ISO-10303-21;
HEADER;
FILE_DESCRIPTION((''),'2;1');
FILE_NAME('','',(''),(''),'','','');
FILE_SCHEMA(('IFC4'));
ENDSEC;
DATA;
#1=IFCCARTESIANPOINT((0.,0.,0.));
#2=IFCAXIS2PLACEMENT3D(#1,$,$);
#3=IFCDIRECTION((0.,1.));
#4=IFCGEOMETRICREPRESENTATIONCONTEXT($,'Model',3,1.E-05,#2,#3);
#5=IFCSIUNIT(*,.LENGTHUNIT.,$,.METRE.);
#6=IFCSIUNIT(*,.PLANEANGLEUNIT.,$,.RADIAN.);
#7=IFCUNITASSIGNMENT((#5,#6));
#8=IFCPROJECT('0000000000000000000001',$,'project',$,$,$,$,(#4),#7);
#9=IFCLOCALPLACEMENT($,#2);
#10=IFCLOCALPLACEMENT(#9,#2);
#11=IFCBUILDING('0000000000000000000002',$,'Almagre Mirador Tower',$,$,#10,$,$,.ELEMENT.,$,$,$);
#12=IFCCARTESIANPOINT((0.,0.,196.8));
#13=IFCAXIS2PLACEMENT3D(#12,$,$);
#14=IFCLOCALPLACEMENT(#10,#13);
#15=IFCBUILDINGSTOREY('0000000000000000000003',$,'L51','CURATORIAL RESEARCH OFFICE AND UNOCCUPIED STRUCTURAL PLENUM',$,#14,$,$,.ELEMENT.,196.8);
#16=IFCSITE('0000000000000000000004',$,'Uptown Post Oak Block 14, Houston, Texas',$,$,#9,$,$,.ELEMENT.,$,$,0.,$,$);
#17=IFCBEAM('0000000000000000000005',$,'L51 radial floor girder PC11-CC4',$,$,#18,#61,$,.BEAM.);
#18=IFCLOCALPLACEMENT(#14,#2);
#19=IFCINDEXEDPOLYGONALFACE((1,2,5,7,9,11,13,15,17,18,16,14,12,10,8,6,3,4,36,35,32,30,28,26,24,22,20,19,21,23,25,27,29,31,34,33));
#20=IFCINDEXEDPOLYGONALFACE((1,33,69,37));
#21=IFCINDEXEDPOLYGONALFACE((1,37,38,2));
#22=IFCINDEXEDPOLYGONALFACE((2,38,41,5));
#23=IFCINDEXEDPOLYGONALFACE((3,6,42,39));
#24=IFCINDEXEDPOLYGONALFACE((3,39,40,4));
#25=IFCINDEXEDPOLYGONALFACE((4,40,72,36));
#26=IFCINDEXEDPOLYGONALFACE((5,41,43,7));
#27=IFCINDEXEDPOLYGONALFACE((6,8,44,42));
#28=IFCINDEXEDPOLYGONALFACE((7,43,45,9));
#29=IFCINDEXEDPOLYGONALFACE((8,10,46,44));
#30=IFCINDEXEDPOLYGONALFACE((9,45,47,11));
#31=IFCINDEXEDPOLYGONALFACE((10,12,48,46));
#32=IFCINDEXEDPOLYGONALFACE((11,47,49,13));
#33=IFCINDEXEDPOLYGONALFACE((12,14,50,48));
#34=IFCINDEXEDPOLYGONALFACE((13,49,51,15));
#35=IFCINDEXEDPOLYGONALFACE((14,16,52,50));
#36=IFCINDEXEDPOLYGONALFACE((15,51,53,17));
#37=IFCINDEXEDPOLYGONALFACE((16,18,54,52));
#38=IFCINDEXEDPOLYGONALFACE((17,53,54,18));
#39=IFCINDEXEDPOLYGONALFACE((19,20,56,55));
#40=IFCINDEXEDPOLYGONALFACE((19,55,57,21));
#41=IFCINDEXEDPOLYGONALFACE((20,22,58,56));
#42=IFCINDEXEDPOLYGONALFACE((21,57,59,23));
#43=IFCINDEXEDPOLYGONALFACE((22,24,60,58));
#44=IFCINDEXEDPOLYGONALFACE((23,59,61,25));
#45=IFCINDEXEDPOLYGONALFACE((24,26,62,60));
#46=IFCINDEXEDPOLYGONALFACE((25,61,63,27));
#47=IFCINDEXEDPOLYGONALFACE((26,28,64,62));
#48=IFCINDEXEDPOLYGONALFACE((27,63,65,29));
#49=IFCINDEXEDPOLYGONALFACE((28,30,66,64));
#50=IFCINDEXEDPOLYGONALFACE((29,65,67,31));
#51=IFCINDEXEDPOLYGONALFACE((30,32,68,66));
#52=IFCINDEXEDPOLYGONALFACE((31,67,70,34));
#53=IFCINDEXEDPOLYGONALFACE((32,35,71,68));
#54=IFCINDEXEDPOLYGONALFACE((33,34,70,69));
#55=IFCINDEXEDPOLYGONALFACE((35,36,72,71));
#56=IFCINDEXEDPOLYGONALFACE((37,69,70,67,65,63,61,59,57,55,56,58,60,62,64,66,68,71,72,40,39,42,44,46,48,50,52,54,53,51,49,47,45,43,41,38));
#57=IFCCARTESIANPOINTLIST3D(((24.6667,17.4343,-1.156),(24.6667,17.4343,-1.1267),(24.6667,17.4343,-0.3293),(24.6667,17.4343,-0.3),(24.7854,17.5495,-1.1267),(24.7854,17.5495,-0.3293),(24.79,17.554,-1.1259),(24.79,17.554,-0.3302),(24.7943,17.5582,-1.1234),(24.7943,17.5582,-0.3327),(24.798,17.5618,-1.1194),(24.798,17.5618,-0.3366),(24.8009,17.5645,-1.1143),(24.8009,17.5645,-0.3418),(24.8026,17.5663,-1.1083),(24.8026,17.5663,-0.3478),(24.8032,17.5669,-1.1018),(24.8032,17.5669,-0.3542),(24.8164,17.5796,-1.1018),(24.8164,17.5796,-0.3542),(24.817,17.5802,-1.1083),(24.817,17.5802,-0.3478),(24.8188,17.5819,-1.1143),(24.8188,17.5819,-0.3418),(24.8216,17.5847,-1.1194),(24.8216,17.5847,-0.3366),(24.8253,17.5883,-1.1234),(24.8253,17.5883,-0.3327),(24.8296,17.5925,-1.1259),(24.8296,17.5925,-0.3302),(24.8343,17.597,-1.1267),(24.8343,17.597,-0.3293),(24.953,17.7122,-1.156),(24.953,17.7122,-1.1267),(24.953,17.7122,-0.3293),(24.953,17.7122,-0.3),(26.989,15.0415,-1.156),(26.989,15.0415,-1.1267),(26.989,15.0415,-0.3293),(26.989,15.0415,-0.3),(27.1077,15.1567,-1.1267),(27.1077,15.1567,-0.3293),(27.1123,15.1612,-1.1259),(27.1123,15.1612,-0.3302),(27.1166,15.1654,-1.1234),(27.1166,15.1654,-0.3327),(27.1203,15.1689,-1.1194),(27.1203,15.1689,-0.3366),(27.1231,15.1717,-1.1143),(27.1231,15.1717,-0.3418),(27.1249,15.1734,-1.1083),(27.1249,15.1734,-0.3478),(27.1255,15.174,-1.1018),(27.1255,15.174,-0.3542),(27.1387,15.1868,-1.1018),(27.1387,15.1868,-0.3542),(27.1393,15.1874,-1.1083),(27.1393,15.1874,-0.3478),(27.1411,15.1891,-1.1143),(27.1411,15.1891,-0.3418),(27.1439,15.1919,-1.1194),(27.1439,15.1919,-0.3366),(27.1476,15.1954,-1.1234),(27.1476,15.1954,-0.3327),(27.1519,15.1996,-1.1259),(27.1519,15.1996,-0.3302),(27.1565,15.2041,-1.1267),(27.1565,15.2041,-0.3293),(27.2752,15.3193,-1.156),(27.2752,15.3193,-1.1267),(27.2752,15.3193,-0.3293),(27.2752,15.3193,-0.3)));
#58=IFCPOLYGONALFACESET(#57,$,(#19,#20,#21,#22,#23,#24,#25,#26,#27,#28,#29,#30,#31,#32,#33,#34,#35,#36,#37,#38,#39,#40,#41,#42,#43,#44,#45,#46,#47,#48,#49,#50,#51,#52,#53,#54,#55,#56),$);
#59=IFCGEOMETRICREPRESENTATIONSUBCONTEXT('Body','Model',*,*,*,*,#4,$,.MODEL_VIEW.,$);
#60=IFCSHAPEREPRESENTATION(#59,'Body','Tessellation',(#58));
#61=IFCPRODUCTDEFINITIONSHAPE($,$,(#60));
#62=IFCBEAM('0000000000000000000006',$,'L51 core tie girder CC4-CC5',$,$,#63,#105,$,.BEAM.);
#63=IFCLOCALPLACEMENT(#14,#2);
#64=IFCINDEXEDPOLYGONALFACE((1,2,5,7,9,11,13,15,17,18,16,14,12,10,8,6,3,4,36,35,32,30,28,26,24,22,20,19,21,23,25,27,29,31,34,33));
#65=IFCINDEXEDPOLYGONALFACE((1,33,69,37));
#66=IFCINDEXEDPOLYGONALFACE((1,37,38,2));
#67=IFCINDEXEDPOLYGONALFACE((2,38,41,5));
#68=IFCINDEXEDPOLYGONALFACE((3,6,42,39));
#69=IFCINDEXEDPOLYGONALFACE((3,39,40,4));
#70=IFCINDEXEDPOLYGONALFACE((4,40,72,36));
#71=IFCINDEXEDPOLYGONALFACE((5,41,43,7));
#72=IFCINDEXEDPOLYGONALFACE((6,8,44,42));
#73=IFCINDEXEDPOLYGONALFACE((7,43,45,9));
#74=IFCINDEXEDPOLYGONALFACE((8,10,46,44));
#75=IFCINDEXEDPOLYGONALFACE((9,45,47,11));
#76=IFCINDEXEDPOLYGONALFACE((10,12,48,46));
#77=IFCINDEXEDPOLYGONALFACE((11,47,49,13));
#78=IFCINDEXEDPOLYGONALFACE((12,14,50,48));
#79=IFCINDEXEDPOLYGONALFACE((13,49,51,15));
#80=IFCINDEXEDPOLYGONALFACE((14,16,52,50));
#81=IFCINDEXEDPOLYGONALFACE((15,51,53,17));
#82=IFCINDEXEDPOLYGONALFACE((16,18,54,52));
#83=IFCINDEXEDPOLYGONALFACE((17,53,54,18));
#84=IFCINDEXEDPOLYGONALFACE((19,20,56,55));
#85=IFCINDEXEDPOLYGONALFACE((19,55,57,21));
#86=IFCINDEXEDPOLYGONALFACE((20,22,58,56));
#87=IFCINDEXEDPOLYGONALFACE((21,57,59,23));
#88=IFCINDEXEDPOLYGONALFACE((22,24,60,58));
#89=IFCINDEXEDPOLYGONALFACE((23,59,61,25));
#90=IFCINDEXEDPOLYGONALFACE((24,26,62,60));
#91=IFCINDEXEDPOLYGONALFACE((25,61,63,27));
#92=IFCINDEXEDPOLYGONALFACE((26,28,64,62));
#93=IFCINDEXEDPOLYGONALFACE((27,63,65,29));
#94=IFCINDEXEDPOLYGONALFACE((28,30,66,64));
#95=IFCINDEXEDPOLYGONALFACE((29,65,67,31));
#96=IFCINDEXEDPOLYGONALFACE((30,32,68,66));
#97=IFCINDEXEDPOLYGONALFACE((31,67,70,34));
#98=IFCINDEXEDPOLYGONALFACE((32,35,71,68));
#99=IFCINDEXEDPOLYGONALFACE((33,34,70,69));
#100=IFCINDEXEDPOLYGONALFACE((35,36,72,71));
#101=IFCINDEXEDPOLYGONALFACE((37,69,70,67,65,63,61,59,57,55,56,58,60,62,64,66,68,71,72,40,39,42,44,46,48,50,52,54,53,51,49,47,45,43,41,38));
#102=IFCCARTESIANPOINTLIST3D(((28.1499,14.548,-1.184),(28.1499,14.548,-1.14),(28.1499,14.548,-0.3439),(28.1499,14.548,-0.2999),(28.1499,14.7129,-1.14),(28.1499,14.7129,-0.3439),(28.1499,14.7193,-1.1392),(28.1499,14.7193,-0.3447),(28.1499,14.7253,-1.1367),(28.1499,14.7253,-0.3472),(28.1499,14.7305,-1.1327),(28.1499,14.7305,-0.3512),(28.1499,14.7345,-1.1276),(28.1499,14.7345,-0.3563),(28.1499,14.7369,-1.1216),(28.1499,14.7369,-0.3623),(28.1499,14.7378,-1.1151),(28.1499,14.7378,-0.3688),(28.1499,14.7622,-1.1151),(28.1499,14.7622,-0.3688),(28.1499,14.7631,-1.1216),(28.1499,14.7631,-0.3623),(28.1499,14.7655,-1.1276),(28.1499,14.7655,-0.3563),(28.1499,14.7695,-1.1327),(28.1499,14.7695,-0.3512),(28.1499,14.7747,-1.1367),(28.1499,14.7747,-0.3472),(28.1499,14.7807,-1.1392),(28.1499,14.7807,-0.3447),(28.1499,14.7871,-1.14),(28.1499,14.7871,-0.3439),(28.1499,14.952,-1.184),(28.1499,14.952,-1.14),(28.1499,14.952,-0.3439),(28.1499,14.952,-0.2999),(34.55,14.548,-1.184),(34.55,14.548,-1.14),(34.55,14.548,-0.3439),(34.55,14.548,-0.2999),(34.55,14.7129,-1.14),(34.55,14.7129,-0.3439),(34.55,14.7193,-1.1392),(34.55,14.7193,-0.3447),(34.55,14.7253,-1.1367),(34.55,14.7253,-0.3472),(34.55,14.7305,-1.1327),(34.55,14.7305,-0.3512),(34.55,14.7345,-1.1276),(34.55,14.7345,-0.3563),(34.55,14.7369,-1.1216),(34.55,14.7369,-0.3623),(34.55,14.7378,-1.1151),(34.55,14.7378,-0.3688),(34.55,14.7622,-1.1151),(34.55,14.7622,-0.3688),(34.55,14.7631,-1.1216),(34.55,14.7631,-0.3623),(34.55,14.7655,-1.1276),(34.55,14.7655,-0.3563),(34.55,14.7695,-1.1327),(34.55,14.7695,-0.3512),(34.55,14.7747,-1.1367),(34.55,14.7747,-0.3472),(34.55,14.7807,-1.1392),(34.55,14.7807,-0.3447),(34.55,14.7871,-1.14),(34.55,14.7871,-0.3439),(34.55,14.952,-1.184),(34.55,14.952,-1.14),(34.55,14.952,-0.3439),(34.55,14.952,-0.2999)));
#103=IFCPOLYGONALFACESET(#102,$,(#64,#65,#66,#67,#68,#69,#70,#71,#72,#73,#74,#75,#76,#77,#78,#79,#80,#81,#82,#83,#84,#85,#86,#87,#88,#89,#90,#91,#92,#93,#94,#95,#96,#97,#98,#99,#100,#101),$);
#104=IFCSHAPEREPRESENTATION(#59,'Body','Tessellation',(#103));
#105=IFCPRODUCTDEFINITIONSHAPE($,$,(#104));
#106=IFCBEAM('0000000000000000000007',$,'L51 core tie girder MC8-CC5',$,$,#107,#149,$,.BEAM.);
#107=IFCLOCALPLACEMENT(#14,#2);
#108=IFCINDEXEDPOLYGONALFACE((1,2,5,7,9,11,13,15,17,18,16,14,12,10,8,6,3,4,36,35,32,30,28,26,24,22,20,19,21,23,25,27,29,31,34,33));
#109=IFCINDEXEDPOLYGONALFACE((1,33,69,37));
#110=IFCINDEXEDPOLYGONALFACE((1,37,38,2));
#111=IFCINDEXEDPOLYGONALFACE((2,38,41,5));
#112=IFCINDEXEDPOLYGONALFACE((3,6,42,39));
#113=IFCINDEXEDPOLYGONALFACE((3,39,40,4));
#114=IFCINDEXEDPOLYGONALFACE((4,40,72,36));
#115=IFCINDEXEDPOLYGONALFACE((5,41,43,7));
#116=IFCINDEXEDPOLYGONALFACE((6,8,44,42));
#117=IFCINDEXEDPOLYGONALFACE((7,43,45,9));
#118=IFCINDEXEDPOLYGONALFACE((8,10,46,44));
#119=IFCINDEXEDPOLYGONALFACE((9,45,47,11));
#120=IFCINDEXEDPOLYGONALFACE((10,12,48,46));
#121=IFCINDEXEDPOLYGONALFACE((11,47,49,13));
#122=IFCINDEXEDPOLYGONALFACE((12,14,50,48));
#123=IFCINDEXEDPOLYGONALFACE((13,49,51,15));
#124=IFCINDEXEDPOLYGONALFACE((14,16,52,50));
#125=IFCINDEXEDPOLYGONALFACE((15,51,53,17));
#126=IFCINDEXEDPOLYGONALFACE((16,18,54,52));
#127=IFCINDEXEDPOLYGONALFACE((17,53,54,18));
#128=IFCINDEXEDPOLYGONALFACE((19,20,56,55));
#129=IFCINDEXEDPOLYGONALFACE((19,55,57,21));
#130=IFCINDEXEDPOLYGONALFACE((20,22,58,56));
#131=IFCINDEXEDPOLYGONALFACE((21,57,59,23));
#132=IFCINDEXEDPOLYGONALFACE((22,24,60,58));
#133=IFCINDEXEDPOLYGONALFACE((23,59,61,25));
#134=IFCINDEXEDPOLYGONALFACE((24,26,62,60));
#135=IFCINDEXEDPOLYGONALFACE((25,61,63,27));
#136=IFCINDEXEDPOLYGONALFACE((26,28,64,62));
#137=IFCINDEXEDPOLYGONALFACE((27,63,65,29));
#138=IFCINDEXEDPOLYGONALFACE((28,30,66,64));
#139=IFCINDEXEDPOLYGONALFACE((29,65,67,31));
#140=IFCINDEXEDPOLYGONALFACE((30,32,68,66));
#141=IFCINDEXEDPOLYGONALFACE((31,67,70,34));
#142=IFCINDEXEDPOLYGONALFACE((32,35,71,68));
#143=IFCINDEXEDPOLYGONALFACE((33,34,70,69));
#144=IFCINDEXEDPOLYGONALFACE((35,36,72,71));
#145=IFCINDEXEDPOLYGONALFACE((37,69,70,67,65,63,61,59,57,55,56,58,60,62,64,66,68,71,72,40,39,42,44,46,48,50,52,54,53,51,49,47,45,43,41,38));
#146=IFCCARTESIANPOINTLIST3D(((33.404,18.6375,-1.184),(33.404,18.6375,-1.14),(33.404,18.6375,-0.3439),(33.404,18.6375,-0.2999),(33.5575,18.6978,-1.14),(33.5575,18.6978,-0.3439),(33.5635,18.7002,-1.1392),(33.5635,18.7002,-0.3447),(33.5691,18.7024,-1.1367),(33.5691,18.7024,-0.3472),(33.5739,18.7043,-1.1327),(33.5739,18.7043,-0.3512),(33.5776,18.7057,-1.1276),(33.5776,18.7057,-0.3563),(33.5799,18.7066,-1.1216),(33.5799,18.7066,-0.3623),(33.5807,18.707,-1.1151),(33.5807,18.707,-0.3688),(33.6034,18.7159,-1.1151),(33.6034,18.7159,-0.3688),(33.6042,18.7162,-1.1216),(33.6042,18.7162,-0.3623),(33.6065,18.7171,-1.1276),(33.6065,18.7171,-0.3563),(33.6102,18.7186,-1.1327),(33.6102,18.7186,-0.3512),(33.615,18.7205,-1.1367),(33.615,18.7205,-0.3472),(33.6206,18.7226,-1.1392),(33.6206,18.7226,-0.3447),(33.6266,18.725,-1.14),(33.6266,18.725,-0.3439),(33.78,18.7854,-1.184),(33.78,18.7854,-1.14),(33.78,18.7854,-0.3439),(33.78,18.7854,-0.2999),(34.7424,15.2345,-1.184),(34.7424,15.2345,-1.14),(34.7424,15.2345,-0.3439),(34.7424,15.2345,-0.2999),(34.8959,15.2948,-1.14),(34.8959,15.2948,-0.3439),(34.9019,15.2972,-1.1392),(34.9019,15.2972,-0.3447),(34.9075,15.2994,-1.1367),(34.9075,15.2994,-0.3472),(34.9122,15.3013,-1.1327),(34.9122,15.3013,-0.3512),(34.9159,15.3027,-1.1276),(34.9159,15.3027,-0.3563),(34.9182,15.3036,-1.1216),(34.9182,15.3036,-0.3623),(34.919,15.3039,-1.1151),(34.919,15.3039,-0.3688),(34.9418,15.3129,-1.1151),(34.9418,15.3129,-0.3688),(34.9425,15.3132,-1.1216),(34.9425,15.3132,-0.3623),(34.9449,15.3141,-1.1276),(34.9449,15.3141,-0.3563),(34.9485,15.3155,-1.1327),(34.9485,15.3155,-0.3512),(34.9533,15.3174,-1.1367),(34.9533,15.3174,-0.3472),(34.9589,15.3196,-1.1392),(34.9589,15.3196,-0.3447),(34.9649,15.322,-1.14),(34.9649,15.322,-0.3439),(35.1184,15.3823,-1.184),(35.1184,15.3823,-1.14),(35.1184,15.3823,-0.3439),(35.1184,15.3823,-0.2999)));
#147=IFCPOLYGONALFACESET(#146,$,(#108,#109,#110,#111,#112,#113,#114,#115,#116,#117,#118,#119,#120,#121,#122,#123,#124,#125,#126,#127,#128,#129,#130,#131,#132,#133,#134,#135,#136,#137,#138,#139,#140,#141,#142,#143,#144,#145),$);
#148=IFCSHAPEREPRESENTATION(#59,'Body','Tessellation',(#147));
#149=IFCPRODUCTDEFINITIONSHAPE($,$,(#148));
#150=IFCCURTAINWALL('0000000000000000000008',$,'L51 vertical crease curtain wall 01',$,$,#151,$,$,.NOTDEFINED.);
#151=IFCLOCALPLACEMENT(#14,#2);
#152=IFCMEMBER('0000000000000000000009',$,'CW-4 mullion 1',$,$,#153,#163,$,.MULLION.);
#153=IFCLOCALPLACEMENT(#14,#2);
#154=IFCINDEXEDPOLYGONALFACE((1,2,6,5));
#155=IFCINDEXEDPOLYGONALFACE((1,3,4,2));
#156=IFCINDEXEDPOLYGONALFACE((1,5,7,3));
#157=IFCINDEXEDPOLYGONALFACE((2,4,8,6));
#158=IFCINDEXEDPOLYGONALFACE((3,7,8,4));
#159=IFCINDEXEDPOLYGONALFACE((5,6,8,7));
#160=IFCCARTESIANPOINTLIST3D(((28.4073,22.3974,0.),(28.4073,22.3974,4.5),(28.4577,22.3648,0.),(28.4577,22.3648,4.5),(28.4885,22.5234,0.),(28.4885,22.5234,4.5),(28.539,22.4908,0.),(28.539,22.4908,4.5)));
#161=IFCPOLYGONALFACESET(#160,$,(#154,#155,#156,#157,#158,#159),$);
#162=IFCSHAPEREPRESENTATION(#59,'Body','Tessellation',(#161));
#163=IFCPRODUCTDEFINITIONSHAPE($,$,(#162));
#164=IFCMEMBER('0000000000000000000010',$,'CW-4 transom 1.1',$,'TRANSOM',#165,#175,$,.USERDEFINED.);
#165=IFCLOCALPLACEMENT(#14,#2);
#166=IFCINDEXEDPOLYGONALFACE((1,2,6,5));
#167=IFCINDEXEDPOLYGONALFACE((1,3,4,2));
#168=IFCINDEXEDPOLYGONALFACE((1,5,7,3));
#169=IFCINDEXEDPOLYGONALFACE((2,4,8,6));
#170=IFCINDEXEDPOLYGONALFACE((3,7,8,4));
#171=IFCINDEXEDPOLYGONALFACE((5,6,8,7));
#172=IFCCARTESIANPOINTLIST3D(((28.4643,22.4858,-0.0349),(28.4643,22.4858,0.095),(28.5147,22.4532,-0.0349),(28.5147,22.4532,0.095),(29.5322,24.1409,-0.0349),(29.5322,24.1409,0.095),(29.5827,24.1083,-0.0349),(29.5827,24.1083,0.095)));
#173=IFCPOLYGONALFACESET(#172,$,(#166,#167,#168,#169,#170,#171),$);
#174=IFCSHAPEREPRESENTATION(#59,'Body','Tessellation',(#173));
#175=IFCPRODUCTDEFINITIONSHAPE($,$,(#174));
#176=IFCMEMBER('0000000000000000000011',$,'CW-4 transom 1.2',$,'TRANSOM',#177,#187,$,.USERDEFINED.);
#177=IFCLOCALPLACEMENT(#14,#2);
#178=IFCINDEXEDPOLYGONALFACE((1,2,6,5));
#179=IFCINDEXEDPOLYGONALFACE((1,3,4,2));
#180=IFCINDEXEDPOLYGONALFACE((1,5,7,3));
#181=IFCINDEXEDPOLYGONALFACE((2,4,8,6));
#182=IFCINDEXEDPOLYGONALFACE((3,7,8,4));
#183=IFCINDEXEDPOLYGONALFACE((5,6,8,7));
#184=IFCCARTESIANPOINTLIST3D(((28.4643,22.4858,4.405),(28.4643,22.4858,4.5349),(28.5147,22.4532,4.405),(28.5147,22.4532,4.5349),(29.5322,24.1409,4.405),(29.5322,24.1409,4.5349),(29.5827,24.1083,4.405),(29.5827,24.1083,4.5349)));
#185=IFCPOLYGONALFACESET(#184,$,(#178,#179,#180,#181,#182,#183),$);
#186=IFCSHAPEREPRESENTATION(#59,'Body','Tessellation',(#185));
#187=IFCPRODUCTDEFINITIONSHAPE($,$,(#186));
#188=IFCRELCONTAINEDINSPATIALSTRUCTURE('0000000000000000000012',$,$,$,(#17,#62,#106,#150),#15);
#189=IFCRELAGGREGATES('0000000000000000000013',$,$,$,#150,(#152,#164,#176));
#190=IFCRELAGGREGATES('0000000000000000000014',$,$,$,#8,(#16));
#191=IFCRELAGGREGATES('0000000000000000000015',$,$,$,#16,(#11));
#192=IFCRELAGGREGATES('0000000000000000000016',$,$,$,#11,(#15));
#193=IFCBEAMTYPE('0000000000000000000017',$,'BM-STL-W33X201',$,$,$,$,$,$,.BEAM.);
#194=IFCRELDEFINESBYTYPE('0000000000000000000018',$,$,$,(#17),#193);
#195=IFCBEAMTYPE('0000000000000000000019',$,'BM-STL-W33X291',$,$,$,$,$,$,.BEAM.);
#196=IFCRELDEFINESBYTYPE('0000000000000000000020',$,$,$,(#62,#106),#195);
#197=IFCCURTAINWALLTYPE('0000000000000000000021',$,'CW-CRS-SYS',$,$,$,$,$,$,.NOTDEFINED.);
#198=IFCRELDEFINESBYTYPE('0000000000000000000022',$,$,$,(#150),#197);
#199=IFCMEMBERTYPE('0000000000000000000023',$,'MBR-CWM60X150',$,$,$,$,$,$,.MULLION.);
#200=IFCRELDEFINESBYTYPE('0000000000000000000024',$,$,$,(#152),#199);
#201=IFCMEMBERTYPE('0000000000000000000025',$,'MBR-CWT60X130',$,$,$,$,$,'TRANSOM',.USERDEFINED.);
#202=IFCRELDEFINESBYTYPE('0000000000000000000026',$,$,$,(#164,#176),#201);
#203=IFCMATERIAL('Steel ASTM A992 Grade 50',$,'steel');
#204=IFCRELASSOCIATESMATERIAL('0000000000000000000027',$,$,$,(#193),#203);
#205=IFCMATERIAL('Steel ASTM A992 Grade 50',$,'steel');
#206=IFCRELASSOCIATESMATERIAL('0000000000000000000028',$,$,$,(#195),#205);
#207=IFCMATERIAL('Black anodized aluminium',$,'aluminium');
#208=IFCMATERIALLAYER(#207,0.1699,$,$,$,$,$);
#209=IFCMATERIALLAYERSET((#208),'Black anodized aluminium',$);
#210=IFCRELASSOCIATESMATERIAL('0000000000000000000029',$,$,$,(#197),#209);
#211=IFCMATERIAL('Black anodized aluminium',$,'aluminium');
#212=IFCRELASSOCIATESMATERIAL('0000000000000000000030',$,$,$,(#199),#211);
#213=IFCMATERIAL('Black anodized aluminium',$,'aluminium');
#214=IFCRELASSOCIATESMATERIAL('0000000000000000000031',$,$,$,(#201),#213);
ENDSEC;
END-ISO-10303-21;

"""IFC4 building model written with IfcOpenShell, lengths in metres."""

from ifc_helpers import new_model, si_unit, direction, frame, origin, origin_2d, place, context, subcontext, project, spatial, rectangle, i_section, extrude, material, layer, layer_set, material_profile, profile_set, type_object, element, aggregate, save


model = new_model("IFC4")

# Units and contexts
model_context = context("Model", 3, precision=1e-05, world=origin(), true_north=direction((0.0, 1.0)))
body_context = subcontext(model_context, "Body", "Model", "MODEL_VIEW")
ifc_project = project(units=[si_unit("LENGTHUNIT", "METRE"), si_unit("PLANEANGLEUNIT", "RADIAN")], contexts=[model_context])

# Site, building, storey
site_placement = place(None, origin())
site = spatial("IfcSite", under=ifc_project, at=site_placement, Name="Uptown Post Oak Block 14, Houston, Texas", CompositionType="ELEMENT", RefElevation=0.0)
building_placement = place(site_placement, origin())
building = spatial("IfcBuilding", under=site, at=building_placement, Name="Almagre Mirador Tower", CompositionType="ELEMENT")
storey_placement = place(building_placement, frame((0.0, 0.0, 196.8)))
storey = spatial("IfcBuildingStorey", under=building, at=storey_placement, Name="L51", Description="CURATORIAL RESEARCH OFFICE AND UNOCCUPIED STRUCTURAL PLENUM", CompositionType="ELEMENT", Elevation=196.8)

# Beams
ifc_material_1 = material(Name="Steel ASTM A992 Grade 50", Category="steel")
ifc_material_profile_1 = material_profile(ifc_material_1, i_section(OverallWidth=0.3989, OverallDepth=0.856, WebThickness=0.0183, FlangeThickness=0.0293, FilletRadius=0.0249, at=origin_2d()), Name="W33X201")
ifc_profile_set_1 = profile_set([ifc_material_profile_1], Name="Steel ASTM A992 Grade 50")
beam_type_1 = type_object("IfcBeamType", Name="BM-STL-W33X201", PredefinedType="BEAM", material=ifc_profile_set_1)
beam_1_placement = place(storey_placement, frame((24.8098, 17.5732, -0.728), z_axis=(0.696448, -0.717608, 0.0), x_axis=(0.717608, 0.696448, 0.0)))
element("IfcBeam", 1, at=beam_1_placement, inside=storey, type_object=beam_type_1, Name="L51 radial floor girder PC11-CC4", PredefinedType="BEAM", context=body_context, shape_type="SweptSolid", body=[
    extrude(i_section(OverallWidth=0.3989, OverallDepth=0.856, WebThickness=0.0183, FlangeThickness=0.0293, FilletRadius=0.0249, at=origin_2d()), origin(), (0.0, 0.0, 1.0), 3.3345),
])
ifc_material_2 = material(Name="Steel ASTM A992 Grade 50", Category="steel")
ifc_material_profile_2 = material_profile(ifc_material_2, i_section(OverallWidth=0.4041, OverallDepth=0.884, WebThickness=0.0244, FlangeThickness=0.0439, FilletRadius=0.0249, at=origin_2d()), Name="W33X291")
ifc_profile_set_2 = profile_set([ifc_material_profile_2], Name="Steel ASTM A992 Grade 50")
beam_type_2 = type_object("IfcBeamType", Name="BM-STL-W33X291", PredefinedType="BEAM", material=ifc_profile_set_2)
beam_2_placement = place(storey_placement, frame((28.1499, 14.75, -0.7419), z_axis=(1.0, 0.0, 0.0), x_axis=(0.0, 1.0, 0.0)))
element("IfcBeam", 2, at=beam_2_placement, inside=storey, type_object=beam_type_2, Name="L51 core tie girder CC4-CC5", PredefinedType="BEAM", context=body_context, shape_type="SweptSolid", body=[
    extrude(i_section(OverallWidth=0.4041, OverallDepth=0.884, WebThickness=0.0244, FlangeThickness=0.0439, FilletRadius=0.0249, at=origin_2d()), origin(), (0.0, 0.0, 1.0), 6.4001),
])
beam_3_placement = place(storey_placement, frame((33.592, 18.7114, -0.7419), z_axis=(0.365997, -0.930616, 0.0), x_axis=(0.930616, 0.365997, 0.0)))
element("IfcBeam", 3, at=beam_3_placement, inside=storey, type_object=beam_type_2, Name="L51 core tie girder MC8-CC5", PredefinedType="BEAM", context=body_context, shape_type="SweptSolid", body=[
    extrude(i_section(OverallWidth=0.4041, OverallDepth=0.884, WebThickness=0.0244, FlangeThickness=0.0439, FilletRadius=0.0249, at=origin_2d()), origin(), (0.0, 0.0, 1.0), 3.6567),
])

# Curtain wall, members
ifc_material_3 = material(Name="Black anodized aluminium", Category="aluminium")
ifc_layer_1 = layer(ifc_material_3, 0.1699)
ifc_layer_set_1 = layer_set([ifc_layer_1], Name="Black anodized aluminium")
curtain_wall_type = type_object("IfcCurtainWallType", Name="CW-CRS-SYS", PredefinedType="NOTDEFINED", material=ifc_layer_set_1)
curtain_wall_placement = place(storey_placement, origin())
curtain_wall = element("IfcCurtainWall", 4, at=curtain_wall_placement, inside=storey, type_object=curtain_wall_type, Name="L51 vertical crease curtain wall 01", PredefinedType="NOTDEFINED")
ifc_material_4 = material(Name="Black anodized aluminium", Category="aluminium")
ifc_material_profile_3 = material_profile(ifc_material_4, rectangle(XDim=0.0601, YDim=0.1499, at=origin_2d()), Name="CWM60X150")
ifc_profile_set_3 = profile_set([ifc_material_profile_3], Name="Black anodized aluminium")
member_type_1 = type_object("IfcMemberType", Name="MBR-CWM60X150", PredefinedType="MULLION", material=ifc_profile_set_3)
member_1_placement = place(storey_placement, frame((28.4731, 22.4441, 0.0), z_axis=(0.0, 0.0, 1.0), x_axis=(-0.840276, 0.54216, 0.0)))
member_1 = element("IfcMember", 5, at=member_1_placement, type_object=member_type_1, Name="CW-4 mullion 1", PredefinedType="MULLION", context=body_context, shape_type="SweptSolid", body=[
    extrude(rectangle(XDim=0.0601, YDim=0.1499, at=origin_2d()), origin(), (0.0, 0.0, 1.0), 4.5),
])
ifc_material_5 = material(Name="Black anodized aluminium", Category="aluminium")
ifc_material_profile_4 = material_profile(ifc_material_5, rectangle(XDim=0.0601, YDim=0.1299, at=origin_2d()), Name="CWT60X130")
ifc_profile_set_4 = profile_set([ifc_material_profile_4], Name="Black anodized aluminium")
member_type_2 = type_object("IfcMemberType", Name="MBR-CWT60X130", ElementType="TRANSOM", PredefinedType="USERDEFINED", material=ifc_profile_set_4)
member_2_placement = place(storey_placement, frame((28.4895, 22.4695, 0.03), z_axis=(0.542166, 0.840271, 0.0), x_axis=(-0.840271, 0.542166, 0.0)))
member_2 = element("IfcMember", 6, at=member_2_placement, type_object=member_type_2, Name="CW-4 transom 1.1", ObjectType="TRANSOM", PredefinedType="USERDEFINED", context=body_context, shape_type="SweptSolid", body=[
    extrude(rectangle(XDim=0.0601, YDim=0.1299, at=origin_2d()), origin(), (0.0, 0.0, 1.0), 1.9697),
])
member_3_placement = place(storey_placement, frame((28.4895, 22.4695, 4.47), z_axis=(0.542166, 0.840271, 0.0), x_axis=(-0.840271, 0.542166, 0.0)))
member_3 = element("IfcMember", 7, at=member_3_placement, type_object=member_type_2, Name="CW-4 transom 1.2", ObjectType="TRANSOM", PredefinedType="USERDEFINED", context=body_context, shape_type="SweptSolid", body=[
    extrude(rectangle(XDim=0.0601, YDim=0.1299, at=origin_2d()), origin(), (0.0, 0.0, 1.0), 1.9697),
])
aggregate(curtain_wall, [member_1, member_2, member_3])

save(model, "model.ifc")
